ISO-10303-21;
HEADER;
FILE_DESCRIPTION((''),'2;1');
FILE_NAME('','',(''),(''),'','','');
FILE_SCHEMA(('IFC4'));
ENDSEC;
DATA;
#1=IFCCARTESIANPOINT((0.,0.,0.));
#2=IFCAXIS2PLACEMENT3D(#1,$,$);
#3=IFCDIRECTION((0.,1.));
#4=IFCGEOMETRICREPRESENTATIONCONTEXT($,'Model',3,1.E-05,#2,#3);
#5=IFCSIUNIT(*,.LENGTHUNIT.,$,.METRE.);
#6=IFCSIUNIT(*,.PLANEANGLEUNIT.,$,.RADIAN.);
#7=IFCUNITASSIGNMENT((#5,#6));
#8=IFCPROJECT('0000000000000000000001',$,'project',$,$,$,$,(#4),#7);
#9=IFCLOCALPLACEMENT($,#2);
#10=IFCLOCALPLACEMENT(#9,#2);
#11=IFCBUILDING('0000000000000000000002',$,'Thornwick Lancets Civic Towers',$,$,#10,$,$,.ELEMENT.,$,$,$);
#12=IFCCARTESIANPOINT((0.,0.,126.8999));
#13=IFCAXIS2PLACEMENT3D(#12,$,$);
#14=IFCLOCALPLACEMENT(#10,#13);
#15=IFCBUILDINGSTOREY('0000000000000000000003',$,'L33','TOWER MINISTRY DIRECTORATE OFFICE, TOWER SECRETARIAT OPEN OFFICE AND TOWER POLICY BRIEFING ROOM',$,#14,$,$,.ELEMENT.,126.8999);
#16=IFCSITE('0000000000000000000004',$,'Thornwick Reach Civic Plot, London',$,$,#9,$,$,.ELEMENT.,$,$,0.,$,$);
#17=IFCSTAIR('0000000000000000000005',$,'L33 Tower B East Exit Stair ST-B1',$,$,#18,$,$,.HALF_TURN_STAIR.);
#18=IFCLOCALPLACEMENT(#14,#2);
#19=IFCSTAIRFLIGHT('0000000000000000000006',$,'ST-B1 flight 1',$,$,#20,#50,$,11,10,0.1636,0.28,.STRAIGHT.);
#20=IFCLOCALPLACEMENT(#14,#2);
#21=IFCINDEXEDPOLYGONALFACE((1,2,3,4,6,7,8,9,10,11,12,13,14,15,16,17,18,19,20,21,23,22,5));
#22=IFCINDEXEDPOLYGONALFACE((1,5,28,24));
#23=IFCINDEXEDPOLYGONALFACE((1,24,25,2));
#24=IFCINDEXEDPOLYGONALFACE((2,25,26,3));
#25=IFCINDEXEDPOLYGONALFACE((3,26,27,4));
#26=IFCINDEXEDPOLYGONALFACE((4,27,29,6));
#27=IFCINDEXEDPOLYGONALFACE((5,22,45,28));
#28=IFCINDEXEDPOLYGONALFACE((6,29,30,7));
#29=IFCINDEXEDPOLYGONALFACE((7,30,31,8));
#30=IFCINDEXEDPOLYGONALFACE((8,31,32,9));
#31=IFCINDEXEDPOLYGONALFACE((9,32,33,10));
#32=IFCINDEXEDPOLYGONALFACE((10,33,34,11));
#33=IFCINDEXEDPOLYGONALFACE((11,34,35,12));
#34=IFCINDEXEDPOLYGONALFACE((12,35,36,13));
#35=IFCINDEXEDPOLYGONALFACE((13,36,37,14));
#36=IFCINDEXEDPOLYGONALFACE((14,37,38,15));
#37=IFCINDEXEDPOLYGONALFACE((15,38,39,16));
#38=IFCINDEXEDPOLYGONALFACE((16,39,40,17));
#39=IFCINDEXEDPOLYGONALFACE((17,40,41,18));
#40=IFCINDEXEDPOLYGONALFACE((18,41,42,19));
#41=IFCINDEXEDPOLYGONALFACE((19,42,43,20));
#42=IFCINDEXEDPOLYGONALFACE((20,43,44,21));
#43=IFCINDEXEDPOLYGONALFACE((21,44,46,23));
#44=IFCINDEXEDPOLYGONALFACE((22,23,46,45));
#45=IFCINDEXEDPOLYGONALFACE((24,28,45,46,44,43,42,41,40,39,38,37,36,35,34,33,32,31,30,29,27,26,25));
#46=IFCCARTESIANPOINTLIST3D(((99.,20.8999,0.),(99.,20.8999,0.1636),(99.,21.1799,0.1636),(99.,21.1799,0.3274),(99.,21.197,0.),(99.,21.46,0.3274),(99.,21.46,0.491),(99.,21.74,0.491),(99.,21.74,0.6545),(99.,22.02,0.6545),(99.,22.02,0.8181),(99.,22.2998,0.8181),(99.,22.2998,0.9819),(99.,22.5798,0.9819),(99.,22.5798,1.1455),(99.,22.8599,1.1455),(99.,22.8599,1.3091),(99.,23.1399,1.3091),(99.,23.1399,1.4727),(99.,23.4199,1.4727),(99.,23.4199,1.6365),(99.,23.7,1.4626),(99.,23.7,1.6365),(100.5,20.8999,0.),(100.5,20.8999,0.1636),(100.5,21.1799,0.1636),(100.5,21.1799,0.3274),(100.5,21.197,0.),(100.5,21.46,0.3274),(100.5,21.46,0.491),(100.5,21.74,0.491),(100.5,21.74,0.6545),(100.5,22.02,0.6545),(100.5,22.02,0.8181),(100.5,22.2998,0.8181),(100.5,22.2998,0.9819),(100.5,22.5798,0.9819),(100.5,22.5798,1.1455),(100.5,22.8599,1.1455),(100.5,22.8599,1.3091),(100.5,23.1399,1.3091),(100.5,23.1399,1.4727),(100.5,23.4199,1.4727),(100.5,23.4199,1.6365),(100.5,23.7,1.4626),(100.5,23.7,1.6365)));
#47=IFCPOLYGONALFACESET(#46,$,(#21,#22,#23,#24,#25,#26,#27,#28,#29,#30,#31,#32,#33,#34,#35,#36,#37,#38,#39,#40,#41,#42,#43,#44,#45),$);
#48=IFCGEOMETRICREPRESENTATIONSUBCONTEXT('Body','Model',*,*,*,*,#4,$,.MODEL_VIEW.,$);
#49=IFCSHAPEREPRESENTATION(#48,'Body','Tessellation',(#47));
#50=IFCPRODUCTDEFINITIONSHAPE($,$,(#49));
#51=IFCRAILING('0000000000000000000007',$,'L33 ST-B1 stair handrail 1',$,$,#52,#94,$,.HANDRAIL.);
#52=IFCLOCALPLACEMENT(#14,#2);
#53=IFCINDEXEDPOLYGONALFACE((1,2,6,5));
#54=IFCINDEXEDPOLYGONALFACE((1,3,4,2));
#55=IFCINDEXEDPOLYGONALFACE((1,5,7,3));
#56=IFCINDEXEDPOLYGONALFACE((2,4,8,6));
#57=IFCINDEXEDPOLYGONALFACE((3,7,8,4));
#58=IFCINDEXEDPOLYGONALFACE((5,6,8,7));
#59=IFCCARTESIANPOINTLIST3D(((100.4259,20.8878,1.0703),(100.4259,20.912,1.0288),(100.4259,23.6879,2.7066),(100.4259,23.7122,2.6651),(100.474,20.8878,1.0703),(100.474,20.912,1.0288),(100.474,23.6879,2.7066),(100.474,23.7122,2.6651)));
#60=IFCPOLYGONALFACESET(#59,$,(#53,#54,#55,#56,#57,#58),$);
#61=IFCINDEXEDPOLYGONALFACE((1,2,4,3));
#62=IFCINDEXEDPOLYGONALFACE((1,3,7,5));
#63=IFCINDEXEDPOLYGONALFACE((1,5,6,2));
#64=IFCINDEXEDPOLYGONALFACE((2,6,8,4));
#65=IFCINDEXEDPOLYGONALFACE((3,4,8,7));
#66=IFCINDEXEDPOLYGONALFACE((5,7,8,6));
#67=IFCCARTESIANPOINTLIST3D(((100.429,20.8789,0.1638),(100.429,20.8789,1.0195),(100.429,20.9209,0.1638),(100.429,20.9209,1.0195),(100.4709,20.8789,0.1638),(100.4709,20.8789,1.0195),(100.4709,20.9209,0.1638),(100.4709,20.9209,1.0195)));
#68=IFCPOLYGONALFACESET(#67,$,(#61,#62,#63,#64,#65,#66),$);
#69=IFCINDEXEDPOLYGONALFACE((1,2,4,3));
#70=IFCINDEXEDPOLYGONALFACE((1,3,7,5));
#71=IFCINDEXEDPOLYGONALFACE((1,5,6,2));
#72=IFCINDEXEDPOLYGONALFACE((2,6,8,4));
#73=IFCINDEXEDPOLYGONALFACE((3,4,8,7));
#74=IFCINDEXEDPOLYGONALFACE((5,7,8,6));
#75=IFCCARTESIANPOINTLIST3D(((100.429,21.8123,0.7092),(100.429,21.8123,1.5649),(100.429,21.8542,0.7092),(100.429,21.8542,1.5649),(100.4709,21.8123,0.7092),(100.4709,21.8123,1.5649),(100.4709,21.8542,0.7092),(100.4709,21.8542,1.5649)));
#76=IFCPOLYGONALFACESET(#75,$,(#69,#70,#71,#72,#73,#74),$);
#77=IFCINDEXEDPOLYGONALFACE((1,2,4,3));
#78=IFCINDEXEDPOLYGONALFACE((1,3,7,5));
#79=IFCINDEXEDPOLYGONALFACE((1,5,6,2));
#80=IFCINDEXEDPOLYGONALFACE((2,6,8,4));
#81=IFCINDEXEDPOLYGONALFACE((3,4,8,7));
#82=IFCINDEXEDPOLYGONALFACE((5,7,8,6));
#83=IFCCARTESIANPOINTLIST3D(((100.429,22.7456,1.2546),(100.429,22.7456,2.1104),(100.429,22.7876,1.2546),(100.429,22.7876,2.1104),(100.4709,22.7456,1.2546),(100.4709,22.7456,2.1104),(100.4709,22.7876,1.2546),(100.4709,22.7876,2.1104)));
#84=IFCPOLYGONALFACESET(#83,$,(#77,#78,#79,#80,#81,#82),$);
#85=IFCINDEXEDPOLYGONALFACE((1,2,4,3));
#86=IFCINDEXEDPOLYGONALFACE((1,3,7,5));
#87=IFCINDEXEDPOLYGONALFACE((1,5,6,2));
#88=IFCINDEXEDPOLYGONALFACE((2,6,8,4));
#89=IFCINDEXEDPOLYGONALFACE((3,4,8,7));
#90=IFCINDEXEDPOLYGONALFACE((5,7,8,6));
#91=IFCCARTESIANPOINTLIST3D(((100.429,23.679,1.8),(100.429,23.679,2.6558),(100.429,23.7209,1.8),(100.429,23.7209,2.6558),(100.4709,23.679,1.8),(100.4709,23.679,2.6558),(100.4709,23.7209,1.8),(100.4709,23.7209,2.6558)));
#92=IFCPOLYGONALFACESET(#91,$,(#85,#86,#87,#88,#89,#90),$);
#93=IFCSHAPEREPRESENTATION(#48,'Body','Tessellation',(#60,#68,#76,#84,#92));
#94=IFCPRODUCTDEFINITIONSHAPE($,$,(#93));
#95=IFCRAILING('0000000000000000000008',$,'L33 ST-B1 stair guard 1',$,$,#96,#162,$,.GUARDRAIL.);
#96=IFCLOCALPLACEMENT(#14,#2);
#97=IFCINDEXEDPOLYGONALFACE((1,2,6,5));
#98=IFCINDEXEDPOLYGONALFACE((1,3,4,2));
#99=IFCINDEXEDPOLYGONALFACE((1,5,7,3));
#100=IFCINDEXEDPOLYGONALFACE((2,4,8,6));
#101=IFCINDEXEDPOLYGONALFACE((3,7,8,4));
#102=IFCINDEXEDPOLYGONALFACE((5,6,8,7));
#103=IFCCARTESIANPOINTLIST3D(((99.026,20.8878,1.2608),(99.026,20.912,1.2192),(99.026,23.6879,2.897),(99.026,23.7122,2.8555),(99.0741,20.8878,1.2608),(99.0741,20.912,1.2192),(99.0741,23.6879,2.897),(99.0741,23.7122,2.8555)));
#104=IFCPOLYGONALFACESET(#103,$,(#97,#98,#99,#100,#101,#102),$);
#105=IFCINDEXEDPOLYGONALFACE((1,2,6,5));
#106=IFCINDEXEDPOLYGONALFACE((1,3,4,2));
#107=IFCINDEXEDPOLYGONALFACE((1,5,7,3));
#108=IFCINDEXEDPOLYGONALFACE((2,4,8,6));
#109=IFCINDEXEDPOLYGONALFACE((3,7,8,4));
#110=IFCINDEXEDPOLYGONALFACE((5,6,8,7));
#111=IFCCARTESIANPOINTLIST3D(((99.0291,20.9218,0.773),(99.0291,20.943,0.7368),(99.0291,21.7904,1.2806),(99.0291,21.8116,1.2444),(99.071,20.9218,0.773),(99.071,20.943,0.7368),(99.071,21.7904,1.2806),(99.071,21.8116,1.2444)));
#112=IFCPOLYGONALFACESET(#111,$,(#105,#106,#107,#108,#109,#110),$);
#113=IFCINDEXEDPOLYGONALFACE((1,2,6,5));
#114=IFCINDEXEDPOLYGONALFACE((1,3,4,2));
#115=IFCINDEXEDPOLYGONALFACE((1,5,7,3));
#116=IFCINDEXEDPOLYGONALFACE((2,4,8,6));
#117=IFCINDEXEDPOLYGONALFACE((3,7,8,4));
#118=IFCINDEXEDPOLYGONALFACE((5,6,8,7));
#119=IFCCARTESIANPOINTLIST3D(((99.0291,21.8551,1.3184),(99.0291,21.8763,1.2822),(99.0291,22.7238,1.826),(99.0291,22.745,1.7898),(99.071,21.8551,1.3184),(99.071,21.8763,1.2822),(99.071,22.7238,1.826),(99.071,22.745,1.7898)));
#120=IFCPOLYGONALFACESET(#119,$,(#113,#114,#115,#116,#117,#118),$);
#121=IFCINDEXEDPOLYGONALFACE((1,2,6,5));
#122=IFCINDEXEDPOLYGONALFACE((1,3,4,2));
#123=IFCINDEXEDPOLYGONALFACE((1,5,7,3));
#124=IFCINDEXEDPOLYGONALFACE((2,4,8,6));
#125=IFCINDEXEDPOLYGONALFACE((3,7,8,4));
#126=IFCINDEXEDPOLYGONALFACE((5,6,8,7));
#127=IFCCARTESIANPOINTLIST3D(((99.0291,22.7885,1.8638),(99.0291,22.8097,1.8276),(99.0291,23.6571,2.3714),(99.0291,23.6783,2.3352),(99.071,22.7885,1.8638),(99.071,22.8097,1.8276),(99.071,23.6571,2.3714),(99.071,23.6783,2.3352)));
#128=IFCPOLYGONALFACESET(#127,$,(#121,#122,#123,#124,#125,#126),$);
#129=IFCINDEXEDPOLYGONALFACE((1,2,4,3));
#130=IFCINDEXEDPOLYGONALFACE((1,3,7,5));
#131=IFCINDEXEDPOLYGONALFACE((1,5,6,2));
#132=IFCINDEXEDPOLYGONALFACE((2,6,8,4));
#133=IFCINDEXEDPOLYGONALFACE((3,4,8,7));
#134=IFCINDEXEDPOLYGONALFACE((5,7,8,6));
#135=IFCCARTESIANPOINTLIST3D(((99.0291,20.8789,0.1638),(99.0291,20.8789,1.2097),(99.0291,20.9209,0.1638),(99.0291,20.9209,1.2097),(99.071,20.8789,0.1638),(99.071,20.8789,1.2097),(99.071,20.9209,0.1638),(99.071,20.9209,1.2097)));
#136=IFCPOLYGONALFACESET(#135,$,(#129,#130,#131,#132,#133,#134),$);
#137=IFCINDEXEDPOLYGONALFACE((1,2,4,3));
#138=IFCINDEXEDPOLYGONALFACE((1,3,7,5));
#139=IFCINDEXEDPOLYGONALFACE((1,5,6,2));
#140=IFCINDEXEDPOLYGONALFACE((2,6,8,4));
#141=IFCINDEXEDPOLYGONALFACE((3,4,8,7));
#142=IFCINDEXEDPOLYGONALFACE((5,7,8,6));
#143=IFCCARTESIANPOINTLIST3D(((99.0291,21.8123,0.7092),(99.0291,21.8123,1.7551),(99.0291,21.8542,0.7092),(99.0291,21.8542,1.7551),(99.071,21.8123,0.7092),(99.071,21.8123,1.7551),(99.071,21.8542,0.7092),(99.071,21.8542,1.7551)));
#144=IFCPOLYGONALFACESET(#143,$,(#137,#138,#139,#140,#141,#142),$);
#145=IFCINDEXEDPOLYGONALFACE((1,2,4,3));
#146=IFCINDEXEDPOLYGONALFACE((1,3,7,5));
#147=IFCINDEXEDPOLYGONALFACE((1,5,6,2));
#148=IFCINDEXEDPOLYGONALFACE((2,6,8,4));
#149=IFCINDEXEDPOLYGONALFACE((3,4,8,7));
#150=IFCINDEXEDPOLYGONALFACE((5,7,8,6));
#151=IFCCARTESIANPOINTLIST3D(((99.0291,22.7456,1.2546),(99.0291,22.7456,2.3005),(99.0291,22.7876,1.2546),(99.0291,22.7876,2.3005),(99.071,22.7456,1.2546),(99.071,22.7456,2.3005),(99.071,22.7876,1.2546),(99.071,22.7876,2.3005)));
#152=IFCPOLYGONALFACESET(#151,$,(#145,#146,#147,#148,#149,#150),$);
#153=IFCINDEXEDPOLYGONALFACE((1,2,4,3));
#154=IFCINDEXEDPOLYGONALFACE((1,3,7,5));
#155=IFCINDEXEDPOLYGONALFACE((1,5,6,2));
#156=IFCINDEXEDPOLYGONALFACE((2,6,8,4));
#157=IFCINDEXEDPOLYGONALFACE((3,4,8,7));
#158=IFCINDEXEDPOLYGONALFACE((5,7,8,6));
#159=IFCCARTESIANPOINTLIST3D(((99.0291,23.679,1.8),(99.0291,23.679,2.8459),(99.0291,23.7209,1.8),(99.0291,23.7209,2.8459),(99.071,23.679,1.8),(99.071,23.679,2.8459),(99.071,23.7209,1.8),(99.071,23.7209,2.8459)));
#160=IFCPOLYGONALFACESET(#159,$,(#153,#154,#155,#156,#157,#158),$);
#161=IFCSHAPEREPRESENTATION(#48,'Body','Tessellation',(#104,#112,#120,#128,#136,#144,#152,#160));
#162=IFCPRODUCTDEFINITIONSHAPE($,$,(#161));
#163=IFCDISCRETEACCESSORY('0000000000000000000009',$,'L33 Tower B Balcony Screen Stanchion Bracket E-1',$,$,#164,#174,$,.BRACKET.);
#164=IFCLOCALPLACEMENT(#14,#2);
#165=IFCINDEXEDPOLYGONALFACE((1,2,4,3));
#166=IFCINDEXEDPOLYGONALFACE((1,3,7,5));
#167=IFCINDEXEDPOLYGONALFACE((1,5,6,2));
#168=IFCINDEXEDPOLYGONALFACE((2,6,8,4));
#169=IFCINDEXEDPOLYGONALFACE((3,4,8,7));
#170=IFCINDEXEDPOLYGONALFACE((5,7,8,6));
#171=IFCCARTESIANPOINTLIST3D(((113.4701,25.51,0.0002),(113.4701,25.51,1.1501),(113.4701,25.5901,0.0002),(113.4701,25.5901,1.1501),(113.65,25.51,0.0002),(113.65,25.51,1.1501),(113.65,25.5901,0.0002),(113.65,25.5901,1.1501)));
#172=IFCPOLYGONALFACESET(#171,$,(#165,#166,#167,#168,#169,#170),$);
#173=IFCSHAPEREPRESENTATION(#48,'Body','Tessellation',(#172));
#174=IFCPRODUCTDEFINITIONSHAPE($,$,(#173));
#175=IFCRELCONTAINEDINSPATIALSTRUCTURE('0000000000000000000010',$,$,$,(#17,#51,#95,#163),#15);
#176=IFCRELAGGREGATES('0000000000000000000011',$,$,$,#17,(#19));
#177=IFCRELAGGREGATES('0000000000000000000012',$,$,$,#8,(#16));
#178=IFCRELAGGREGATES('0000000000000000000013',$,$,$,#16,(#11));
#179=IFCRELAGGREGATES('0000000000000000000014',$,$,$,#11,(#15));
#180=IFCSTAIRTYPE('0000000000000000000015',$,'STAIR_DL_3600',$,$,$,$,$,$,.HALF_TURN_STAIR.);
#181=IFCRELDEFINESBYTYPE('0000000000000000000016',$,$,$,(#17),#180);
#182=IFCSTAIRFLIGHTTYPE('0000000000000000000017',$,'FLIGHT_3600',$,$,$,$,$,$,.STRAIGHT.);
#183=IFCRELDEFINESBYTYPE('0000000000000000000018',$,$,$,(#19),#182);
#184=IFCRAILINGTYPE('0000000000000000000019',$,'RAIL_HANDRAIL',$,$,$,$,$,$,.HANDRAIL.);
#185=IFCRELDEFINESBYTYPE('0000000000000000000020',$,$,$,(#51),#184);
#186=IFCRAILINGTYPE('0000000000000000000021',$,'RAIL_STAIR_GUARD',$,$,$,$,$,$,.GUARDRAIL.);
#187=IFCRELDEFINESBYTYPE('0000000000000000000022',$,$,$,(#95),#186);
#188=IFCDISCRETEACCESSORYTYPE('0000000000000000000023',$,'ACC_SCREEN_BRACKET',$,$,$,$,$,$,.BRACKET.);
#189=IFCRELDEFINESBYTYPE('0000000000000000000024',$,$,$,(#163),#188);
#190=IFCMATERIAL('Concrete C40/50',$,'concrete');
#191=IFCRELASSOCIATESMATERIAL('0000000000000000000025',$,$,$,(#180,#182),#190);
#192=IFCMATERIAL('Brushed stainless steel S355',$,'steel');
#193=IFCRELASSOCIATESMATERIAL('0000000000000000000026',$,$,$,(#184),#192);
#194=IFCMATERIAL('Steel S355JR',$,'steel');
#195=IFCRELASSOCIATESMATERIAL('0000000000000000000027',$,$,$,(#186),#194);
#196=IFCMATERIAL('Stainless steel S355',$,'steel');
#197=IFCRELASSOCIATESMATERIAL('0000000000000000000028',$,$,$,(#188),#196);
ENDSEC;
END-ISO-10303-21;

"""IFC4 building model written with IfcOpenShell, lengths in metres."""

from ifc_helpers import new_model, si_unit, direction, frame, origin, origin_2d, place, context, subcontext, project, spatial, polyline, rectangle, outline, extrude, material, type_object, element, aggregate, save


model = new_model("IFC4")

# Units and contexts
model_context = context("Model", 3, precision=1e-05, world=origin(), true_north=direction((0.0, 1.0)))
body_context = subcontext(model_context, "Body", "Model", "MODEL_VIEW")
ifc_project = project(units=[si_unit("LENGTHUNIT", "METRE"), si_unit("PLANEANGLEUNIT", "RADIAN")], contexts=[model_context])

# Site, building, storey
site_placement = place(None, origin())
site = spatial("IfcSite", under=ifc_project, at=site_placement, Name="Thornwick Reach Civic Plot, London", CompositionType="ELEMENT", RefElevation=0.0)
building_placement = place(site_placement, origin())
building = spatial("IfcBuilding", under=site, at=building_placement, Name="Thornwick Lancets Civic Towers", CompositionType="ELEMENT")
storey_placement = place(building_placement, frame((0.0, 0.0, 126.8999)))
storey = spatial("IfcBuildingStorey", under=building, at=storey_placement, Name="L33", Description="TOWER MINISTRY DIRECTORATE OFFICE, TOWER SECRETARIAT OPEN OFFICE AND TOWER POLICY BRIEFING ROOM", CompositionType="ELEMENT", Elevation=126.8999)

# Shared definitions
ifc_material_1 = material(Name="Steel S355JR", Category="steel")
ifc_material_2 = material(Name="Concrete C40/50", Category="concrete")

# Stair, stair flight
stair_type = type_object("IfcStairType", Name="STAIR_DL_3600", PredefinedType="HALF_TURN_STAIR", material=ifc_material_2)
stair_placement = place(storey_placement, origin())
stair = element("IfcStair", 1, at=stair_placement, inside=storey, type_object=stair_type, Name="L33 Tower B East Exit Stair ST-B1", PredefinedType="HALF_TURN_STAIR")
stair_flight_type = type_object("IfcStairFlightType", Name="FLIGHT_3600", PredefinedType="STRAIGHT", material=ifc_material_2)
stair_flight_placement = place(storey_placement, frame((99.75, 20.8999, 0.0), z_axis=(0.0, 0.0, 1.0), x_axis=(0.0, 1.0, 0.0)))
stair_flight = element("IfcStairFlight", 2, at=stair_flight_placement, type_object=stair_flight_type, Name="ST-B1 flight 1", NumberOfRisers=11, NumberOfTreads=10, PredefinedType="STRAIGHT", RiserHeight=0.1636, TreadLength=0.28, context=body_context, shape_type="SweptSolid", body=[
    extrude(outline(polyline([(0.0, 0.0), (0.0, 0.1636), (0.28, 0.1636), (0.28, 0.3274), (0.5601, 0.3274), (0.5601, 0.491), (0.8401, 0.491), (0.8401, 0.6545), (1.1201, 0.6545), (1.1201, 0.8181), (1.3999, 0.8181), (1.3999, 0.9819), (1.6799, 0.9819), (1.6799, 1.1455), (1.96, 1.1455), (1.96, 1.3091), (2.24, 1.3091), (2.24, 1.4727), (2.52, 1.4727), (2.52, 1.6365), (2.8, 1.6365), (2.8, 1.8), (2.8, 1.4626), (0.2971, 0.0), (0.0, 0.0)])), frame((0.0, 0.75, 0.0), z_axis=(0.0, -1.0, 0.0), x_axis=(1.0, 0.0, 0.0)), (0.0, 0.0, 1.0), 1.5),
])
aggregate(stair, [stair_flight])

# Railings
ifc_material_3 = material(Name="Brushed stainless steel S355", Category="steel")
railing_type_1 = type_object("IfcRailingType", Name="RAIL_HANDRAIL", PredefinedType="HANDRAIL", material=ifc_material_3)
railing_1_placement = place(storey_placement, frame((100.45, 20.8999, 0.1638)))
element("IfcRailing", 3, at=railing_1_placement, inside=storey, type_object=railing_type_1, Name="L33 ST-B1 stair handrail 1", PredefinedType="HANDRAIL", context=body_context, shape_type="SweptSolid", body=[
    extrude(rectangle(XDim=0.0481, YDim=0.0481, at=origin_2d()), frame((0.0, 0.0, 0.8857), z_axis=(0.0, 0.863394, 0.504531), x_axis=(-1.0, 0.0, 0.0)), (0.0, 0.0, 1.0), 3.2432),
    extrude(rectangle(XDim=0.042, YDim=0.042, at=origin_2d()), origin(), (0.0, 0.0, 1.0), 0.8557),
    extrude(rectangle(XDim=0.042, YDim=0.042, at=origin_2d()), frame((0.0, 0.9333, 0.5454)), (0.0, 0.0, 1.0), 0.8557),
    extrude(rectangle(XDim=0.042, YDim=0.042, at=origin_2d()), frame((0.0, 1.8667, 1.0908)), (0.0, 0.0, 1.0), 0.8557),
    extrude(rectangle(XDim=0.042, YDim=0.042, at=origin_2d()), frame((0.0, 2.8, 1.6362)), (0.0, 0.0, 1.0), 0.8557),
])
railing_type_2 = type_object("IfcRailingType", Name="RAIL_STAIR_GUARD", PredefinedType="GUARDRAIL", material=ifc_material_1)
railing_2_placement = place(storey_placement, frame((99.05, 20.8999, 0.1638)))
element("IfcRailing", 4, at=railing_2_placement, inside=storey, type_object=railing_type_2, Name="L33 ST-B1 stair guard 1", PredefinedType="GUARDRAIL", context=body_context, shape_type="SweptSolid", body=[
    extrude(rectangle(XDim=0.0481, YDim=0.0481, at=origin_2d()), frame((0.0, 0.0, 1.0762), z_axis=(0.0, 0.863394, 0.504531), x_axis=(-1.0, 0.0, 0.0)), (0.0, 0.0, 1.0), 3.2432),
    extrude(rectangle(XDim=0.042, YDim=0.042, at=origin_2d()), frame((0.0, 0.0325, 0.5911), z_axis=(0.0, 0.863394, 0.504531), x_axis=(-1.0, 0.0, 0.0)), (0.0, 0.0, 1.0), 1.0061),
    extrude(rectangle(XDim=0.042, YDim=0.042, at=origin_2d()), frame((0.0, 0.9658, 1.1365), z_axis=(0.0, 0.863394, 0.504531), x_axis=(-1.0, 0.0, 0.0)), (0.0, 0.0, 1.0), 1.0061),
    extrude(rectangle(XDim=0.042, YDim=0.042, at=origin_2d()), frame((0.0, 1.8992, 1.6819), z_axis=(0.0, 0.863394, 0.504531), x_axis=(-1.0, 0.0, 0.0)), (0.0, 0.0, 1.0), 1.0061),
    extrude(rectangle(XDim=0.042, YDim=0.042, at=origin_2d()), origin(), (0.0, 0.0, 1.0), 1.0459),
    extrude(rectangle(XDim=0.042, YDim=0.042, at=origin_2d()), frame((0.0, 0.9333, 0.5454)), (0.0, 0.0, 1.0), 1.0459),
    extrude(rectangle(XDim=0.042, YDim=0.042, at=origin_2d()), frame((0.0, 1.8667, 1.0908)), (0.0, 0.0, 1.0), 1.0459),
    extrude(rectangle(XDim=0.042, YDim=0.042, at=origin_2d()), frame((0.0, 2.8, 1.6362)), (0.0, 0.0, 1.0), 1.0459),
])

# Discrete accessory
ifc_material_4 = material(Name="Stainless steel S355", Category="steel")
discrete_accessory_type = type_object("IfcDiscreteAccessoryType", Name="ACC_SCREEN_BRACKET", PredefinedType="BRACKET", material=ifc_material_4)
discrete_accessory_placement = place(storey_placement, frame((113.5601, 25.55, 0.0002), z_axis=(0.0, 0.0, 1.0), x_axis=(0.0, 1.0, 0.0)))
element("IfcDiscreteAccessory", 5, at=discrete_accessory_placement, inside=storey, type_object=discrete_accessory_type, Name="L33 Tower B Balcony Screen Stanchion Bracket E-1", PredefinedType="BRACKET", context=body_context, shape_type="SweptSolid", body=[
    extrude(rectangle(XDim=0.0801, YDim=0.1799, at=origin_2d()), origin(), (0.0, 0.0, 1.0), 1.1499),
])

save(model, "model.ifc")
